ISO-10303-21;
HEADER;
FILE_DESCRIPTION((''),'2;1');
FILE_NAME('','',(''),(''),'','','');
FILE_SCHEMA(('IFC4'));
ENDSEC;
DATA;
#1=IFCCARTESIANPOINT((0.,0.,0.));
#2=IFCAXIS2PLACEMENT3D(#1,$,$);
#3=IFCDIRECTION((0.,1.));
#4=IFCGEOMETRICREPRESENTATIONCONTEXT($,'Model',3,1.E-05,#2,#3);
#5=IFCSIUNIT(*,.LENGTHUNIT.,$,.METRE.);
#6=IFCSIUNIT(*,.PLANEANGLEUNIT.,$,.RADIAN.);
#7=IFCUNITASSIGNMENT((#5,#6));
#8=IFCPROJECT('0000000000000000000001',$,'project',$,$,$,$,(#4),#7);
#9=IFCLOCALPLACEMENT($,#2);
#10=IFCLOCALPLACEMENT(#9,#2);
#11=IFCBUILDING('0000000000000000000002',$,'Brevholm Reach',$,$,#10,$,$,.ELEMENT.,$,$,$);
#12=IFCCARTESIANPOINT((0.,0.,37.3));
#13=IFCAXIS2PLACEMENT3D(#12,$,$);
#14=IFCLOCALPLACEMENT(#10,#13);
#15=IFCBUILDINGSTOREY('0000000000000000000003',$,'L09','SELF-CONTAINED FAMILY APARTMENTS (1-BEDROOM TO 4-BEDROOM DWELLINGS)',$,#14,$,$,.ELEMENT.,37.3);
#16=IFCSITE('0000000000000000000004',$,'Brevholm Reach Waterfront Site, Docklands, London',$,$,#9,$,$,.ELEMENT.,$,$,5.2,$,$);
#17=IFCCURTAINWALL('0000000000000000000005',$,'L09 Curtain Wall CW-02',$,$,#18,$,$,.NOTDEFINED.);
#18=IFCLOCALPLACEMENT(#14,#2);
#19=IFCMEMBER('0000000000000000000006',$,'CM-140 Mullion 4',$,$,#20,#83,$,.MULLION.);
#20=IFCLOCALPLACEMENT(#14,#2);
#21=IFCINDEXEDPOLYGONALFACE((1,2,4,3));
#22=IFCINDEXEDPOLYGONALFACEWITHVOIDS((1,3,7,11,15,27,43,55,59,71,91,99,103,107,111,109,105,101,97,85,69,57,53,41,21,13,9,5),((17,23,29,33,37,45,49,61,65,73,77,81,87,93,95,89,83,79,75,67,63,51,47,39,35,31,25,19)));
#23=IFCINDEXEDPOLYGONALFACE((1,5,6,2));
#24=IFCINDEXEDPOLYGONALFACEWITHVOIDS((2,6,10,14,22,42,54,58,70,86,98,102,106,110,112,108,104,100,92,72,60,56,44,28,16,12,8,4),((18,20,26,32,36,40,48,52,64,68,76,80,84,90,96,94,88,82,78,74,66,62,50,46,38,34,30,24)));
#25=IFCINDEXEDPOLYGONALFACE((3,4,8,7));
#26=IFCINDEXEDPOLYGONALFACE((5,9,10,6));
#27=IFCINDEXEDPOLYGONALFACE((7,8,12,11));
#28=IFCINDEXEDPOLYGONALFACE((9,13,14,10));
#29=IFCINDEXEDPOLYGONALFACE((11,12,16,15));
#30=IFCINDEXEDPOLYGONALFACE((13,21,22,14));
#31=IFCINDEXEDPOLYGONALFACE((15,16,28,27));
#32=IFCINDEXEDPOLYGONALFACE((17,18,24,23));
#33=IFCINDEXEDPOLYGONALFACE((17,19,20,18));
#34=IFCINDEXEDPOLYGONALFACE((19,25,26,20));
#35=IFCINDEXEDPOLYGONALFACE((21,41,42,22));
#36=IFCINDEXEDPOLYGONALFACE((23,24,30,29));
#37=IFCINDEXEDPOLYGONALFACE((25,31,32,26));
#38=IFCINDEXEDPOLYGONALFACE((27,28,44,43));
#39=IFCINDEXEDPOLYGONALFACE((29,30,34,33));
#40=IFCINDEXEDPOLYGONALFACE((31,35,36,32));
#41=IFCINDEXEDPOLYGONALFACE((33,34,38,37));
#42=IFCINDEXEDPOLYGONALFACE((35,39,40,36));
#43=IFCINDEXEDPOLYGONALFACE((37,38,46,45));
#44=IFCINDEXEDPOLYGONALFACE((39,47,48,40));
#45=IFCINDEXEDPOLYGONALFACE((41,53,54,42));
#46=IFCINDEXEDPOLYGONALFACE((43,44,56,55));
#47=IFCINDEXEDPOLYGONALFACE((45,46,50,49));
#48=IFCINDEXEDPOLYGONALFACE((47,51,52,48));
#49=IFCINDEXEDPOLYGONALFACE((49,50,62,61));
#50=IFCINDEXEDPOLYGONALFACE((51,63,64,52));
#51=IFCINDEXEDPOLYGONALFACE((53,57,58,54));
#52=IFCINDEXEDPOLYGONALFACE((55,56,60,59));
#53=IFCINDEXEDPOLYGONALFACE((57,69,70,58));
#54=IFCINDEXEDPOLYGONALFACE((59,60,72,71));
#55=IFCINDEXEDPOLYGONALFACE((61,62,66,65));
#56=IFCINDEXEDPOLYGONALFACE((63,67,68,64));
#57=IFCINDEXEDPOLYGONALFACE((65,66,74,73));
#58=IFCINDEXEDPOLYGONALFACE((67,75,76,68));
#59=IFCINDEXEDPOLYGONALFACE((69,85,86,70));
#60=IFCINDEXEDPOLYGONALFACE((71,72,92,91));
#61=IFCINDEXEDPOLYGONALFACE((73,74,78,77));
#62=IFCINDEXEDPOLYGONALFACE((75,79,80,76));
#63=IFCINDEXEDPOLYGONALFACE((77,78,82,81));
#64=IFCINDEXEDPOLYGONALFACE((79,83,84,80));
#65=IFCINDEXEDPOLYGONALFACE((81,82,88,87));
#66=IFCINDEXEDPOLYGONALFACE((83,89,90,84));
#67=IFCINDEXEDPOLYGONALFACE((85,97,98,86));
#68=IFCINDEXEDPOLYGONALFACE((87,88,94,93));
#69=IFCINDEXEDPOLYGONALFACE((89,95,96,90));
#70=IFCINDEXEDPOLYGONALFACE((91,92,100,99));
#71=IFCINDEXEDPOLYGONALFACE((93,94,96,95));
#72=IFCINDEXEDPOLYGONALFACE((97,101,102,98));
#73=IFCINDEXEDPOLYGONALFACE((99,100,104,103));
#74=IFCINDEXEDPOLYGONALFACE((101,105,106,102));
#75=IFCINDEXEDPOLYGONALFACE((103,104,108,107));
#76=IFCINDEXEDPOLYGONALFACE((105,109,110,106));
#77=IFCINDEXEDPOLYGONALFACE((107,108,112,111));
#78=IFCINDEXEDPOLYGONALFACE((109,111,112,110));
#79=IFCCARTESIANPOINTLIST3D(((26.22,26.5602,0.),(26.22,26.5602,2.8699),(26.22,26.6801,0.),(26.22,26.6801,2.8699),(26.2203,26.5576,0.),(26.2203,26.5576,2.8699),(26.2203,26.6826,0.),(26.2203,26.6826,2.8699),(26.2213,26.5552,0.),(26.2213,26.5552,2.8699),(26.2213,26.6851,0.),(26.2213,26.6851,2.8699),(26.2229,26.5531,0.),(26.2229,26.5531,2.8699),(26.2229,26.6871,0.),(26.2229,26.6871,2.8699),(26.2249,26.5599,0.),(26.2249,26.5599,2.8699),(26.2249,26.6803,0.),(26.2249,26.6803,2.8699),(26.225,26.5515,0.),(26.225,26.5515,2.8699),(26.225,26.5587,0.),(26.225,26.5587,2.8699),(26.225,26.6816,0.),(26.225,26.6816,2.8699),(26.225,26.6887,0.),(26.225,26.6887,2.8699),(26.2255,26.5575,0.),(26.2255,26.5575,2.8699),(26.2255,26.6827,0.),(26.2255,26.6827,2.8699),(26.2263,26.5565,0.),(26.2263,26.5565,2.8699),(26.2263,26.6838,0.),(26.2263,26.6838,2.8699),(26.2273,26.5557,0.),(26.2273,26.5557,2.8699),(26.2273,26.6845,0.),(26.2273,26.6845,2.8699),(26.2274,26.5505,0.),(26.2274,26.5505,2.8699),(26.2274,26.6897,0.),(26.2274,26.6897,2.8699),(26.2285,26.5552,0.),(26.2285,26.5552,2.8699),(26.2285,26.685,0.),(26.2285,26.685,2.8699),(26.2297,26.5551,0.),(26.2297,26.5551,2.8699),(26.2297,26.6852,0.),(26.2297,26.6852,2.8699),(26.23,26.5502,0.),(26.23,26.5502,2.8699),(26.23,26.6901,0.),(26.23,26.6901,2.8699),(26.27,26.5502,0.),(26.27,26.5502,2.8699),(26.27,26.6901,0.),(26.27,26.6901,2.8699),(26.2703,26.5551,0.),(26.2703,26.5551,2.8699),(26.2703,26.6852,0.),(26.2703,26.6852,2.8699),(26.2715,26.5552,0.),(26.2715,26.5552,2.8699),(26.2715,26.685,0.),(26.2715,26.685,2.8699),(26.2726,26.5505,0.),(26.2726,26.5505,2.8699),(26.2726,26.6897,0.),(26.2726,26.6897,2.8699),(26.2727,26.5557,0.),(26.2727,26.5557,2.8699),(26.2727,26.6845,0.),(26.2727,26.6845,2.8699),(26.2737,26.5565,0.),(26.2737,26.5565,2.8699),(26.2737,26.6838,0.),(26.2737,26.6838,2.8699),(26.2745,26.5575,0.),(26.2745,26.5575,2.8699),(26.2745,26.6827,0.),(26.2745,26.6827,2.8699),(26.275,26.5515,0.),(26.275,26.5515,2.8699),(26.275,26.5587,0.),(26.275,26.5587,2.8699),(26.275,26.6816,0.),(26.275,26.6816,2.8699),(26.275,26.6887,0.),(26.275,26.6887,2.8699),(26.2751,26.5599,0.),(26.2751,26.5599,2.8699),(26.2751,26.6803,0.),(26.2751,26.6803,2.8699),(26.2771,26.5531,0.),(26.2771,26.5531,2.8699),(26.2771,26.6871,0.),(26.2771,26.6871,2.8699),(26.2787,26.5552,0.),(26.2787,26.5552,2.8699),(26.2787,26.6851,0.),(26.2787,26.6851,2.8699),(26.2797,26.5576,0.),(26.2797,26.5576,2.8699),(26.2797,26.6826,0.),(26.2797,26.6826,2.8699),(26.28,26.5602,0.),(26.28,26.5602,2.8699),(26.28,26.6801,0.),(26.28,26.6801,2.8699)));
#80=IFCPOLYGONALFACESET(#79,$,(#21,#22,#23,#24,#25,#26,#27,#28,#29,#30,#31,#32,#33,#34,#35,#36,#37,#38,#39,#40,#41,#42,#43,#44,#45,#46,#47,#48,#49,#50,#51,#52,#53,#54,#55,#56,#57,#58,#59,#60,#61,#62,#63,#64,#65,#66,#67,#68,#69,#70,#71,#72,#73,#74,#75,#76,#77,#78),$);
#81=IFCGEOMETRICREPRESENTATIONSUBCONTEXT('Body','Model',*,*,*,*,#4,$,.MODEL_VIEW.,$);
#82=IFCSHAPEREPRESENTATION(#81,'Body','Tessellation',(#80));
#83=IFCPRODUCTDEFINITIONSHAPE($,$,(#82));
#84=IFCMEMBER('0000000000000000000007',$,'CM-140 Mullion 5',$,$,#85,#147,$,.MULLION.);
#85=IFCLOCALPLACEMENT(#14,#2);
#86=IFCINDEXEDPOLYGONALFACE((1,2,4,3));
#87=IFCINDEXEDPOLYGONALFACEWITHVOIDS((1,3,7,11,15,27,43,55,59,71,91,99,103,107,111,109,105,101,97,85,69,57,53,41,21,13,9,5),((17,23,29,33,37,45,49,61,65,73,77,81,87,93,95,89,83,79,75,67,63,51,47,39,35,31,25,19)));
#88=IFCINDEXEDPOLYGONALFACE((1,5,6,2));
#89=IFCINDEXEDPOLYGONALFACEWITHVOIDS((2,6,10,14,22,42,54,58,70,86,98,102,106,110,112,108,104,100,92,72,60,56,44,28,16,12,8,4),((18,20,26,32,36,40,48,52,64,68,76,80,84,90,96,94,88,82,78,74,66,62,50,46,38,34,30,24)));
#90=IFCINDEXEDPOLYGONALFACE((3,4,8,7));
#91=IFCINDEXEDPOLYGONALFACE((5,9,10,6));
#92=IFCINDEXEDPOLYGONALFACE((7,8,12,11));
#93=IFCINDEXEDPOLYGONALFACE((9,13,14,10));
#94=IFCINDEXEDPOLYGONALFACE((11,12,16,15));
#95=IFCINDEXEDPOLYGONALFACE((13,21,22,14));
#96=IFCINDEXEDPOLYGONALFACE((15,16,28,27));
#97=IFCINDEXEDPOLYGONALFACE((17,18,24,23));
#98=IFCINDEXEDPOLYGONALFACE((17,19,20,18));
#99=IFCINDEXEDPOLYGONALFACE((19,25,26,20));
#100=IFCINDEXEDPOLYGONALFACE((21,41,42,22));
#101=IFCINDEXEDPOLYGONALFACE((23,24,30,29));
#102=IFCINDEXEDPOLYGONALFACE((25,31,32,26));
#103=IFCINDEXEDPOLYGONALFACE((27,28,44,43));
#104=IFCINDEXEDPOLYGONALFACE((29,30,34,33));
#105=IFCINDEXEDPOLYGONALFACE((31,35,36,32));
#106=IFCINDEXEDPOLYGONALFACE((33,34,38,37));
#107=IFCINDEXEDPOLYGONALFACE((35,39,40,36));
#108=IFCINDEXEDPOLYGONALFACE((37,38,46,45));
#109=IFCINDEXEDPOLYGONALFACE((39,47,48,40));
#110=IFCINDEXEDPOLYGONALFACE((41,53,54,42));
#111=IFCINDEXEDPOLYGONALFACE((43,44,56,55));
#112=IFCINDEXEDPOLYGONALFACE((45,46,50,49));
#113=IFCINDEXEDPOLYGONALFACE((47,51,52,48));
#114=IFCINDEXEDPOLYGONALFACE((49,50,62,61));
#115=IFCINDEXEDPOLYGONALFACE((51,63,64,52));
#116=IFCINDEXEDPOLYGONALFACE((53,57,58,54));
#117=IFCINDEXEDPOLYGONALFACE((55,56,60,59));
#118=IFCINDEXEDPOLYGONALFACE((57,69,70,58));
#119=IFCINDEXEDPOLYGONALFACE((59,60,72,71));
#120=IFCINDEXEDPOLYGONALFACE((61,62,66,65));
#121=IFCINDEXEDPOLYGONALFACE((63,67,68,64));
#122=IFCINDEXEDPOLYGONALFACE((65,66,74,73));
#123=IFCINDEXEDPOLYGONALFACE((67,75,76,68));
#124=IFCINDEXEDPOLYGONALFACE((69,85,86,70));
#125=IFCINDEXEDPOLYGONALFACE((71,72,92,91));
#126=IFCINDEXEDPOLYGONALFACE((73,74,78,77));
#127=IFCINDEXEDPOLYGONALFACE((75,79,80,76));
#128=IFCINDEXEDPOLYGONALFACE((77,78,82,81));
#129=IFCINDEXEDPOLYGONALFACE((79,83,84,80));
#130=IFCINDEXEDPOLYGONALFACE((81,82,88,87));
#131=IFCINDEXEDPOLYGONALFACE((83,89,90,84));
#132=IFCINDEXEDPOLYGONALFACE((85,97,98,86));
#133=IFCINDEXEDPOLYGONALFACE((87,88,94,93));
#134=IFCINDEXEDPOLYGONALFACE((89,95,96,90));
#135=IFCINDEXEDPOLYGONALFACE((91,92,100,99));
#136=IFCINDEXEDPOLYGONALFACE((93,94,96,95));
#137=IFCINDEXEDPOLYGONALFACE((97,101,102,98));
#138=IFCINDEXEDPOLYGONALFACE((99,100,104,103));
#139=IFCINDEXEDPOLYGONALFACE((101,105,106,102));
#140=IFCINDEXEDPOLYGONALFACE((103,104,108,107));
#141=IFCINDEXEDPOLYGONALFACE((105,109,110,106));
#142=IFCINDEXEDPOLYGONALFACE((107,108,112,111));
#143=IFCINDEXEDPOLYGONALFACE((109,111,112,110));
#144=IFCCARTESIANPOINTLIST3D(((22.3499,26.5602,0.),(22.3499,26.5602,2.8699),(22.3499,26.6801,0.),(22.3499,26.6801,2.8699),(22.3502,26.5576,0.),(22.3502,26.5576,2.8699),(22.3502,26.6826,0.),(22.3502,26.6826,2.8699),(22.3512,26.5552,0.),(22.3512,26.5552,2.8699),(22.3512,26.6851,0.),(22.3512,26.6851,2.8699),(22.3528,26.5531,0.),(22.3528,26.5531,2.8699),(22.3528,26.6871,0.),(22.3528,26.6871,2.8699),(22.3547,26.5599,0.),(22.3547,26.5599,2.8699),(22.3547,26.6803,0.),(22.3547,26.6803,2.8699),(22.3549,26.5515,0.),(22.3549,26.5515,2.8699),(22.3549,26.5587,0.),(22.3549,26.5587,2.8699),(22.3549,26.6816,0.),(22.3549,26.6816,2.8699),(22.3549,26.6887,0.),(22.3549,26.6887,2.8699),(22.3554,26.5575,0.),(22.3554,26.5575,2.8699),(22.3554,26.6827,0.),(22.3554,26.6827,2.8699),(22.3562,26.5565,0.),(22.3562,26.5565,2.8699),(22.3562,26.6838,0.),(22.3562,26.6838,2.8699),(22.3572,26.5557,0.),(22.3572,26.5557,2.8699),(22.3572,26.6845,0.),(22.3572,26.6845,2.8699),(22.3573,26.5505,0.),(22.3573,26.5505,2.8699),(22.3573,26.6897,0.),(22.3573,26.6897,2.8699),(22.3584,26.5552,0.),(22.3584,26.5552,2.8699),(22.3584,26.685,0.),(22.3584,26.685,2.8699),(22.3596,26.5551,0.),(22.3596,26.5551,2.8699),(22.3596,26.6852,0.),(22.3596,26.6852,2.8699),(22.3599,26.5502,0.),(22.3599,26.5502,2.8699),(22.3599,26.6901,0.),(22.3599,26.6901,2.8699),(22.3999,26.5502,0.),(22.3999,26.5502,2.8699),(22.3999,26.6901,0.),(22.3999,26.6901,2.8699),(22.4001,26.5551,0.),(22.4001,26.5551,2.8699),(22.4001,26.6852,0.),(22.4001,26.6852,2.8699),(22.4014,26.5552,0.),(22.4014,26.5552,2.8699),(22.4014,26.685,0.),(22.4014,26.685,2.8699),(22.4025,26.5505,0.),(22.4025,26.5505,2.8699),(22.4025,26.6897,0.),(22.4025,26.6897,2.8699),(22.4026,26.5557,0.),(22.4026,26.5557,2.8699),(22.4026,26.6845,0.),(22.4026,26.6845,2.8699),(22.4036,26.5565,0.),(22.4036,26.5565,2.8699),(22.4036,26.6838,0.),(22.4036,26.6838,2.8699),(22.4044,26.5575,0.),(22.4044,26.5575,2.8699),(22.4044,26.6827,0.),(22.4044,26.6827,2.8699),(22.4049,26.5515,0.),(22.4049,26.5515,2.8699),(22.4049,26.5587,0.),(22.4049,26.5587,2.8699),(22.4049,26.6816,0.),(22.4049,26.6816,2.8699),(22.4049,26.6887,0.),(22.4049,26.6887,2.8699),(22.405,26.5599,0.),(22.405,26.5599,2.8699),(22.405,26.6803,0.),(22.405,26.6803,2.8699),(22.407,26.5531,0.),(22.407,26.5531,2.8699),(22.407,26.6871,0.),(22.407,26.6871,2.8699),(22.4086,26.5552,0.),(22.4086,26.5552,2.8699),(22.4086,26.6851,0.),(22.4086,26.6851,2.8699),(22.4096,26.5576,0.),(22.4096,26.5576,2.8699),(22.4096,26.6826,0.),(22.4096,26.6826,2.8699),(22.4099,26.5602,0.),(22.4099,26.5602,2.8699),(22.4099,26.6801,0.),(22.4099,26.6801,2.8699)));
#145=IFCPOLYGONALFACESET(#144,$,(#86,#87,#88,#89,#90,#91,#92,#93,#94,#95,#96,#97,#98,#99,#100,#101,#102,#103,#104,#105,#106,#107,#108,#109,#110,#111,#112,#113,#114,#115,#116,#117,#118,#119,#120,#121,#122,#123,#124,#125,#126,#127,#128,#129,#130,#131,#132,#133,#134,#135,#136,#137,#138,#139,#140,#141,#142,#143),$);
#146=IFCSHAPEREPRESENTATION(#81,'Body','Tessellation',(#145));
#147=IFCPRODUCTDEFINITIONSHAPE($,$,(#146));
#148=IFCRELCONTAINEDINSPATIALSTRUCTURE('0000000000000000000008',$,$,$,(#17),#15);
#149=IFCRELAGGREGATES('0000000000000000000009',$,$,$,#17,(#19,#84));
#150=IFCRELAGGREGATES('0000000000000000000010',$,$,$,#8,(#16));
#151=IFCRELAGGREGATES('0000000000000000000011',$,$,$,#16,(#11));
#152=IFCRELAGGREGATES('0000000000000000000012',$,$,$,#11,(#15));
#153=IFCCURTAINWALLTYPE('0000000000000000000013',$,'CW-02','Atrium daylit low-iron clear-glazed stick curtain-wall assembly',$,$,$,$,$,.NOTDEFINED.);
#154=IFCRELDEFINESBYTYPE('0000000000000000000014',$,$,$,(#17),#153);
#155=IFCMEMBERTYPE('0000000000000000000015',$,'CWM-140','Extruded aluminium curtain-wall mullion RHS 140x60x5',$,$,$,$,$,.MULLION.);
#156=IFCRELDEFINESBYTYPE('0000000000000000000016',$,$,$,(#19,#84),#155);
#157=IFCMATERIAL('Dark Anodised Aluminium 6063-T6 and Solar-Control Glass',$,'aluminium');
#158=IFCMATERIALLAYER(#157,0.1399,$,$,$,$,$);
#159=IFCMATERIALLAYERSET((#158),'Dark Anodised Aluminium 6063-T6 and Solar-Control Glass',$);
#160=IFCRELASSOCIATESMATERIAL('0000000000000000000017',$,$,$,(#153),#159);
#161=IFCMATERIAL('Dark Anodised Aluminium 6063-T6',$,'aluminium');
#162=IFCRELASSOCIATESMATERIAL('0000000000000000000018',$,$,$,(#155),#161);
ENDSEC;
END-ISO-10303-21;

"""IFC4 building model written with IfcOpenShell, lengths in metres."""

from ifc_helpers import new_model, si_unit, direction, frame, origin, origin_2d, place, context, subcontext, project, spatial, hollow_rectangle, extrude, material, layer, layer_set, material_profile, profile_set, type_object, element, aggregate, save


model = new_model("IFC4")

# Units and contexts
model_context = context("Model", 3, precision=1e-05, world=origin(), true_north=direction((0.0, 1.0)))
body_context = subcontext(model_context, "Body", "Model", "MODEL_VIEW")
ifc_project = project(units=[si_unit("LENGTHUNIT", "METRE"), si_unit("PLANEANGLEUNIT", "RADIAN")], contexts=[model_context])

# Site, building, storey
site_placement = place(None, origin())
site = spatial("IfcSite", under=ifc_project, at=site_placement, Name="Brevholm Reach Waterfront Site, Docklands, London", CompositionType="ELEMENT", RefElevation=5.2)
building_placement = place(site_placement, origin())
building = spatial("IfcBuilding", under=site, at=building_placement, Name="Brevholm Reach", CompositionType="ELEMENT")
storey_placement = place(building_placement, frame((0.0, 0.0, 37.3)))
storey = spatial("IfcBuildingStorey", under=building, at=storey_placement, Name="L09", Description="SELF-CONTAINED FAMILY APARTMENTS (1-BEDROOM TO 4-BEDROOM DWELLINGS)", CompositionType="ELEMENT", Elevation=37.3)

# Curtain wall, members
ifc_material_1 = material(Name="Dark Anodised Aluminium 6063-T6 and Solar-Control Glass", Category="aluminium")
ifc_layer_1 = layer(ifc_material_1, 0.1399)
ifc_layer_set_1 = layer_set([ifc_layer_1], Name="Dark Anodised Aluminium 6063-T6 and Solar-Control Glass")
curtain_wall_type_1 = type_object("IfcCurtainWallType", Name="CW-02", Description="Atrium daylit low-iron clear-glazed stick curtain-wall assembly", PredefinedType="NOTDEFINED", material=ifc_layer_set_1)
curtain_wall_1_placement = place(storey_placement, origin())
curtain_wall_1 = element("IfcCurtainWall", 1, at=curtain_wall_1_placement, inside=storey, type_object=curtain_wall_type_1, Name="L09 Curtain Wall CW-02", PredefinedType="NOTDEFINED")
ifc_material_2 = material(Name="Dark Anodised Aluminium 6063-T6", Category="aluminium")
ifc_material_profile_1 = material_profile(ifc_material_2, hollow_rectangle(XDim=0.0601, YDim=0.1399, WallThickness=0.0049, InnerFilletRadius=0.0049, OuterFilletRadius=0.01, at=origin_2d()), Name="RHS 140x60x5")
ifc_profile_set_1 = profile_set([ifc_material_profile_1], Name="Dark Anodised Aluminium 6063-T6")
member_type_1 = type_object("IfcMemberType", Name="CWM-140", Description="Extruded aluminium curtain-wall mullion RHS 140x60x5", PredefinedType="MULLION", material=ifc_profile_set_1)
member_1_placement = place(storey_placement, frame((26.25, 26.6201, 0.0), z_axis=(0.0, 0.0, 1.0), x_axis=(-1.0, 0.0, 0.0)))
member_1 = element("IfcMember", 2, at=member_1_placement, type_object=member_type_1, Name="CM-140 Mullion 4", PredefinedType="MULLION", context=body_context, shape_type="SweptSolid", body=[
    extrude(hollow_rectangle(XDim=0.0601, YDim=0.1399, WallThickness=0.0049, InnerFilletRadius=0.0049, OuterFilletRadius=0.01, at=origin_2d()), origin(), (0.0, 0.0, 1.0), 2.8699),
])
member_2_placement = place(storey_placement, frame((22.3799, 26.6201, 0.0), z_axis=(0.0, 0.0, 1.0), x_axis=(-1.0, 0.0, 0.0)))
member_2 = element("IfcMember", 3, at=member_2_placement, type_object=member_type_1, Name="CM-140 Mullion 5", PredefinedType="MULLION", context=body_context, shape_type="SweptSolid", body=[
    extrude(hollow_rectangle(XDim=0.0601, YDim=0.1399, WallThickness=0.0049, InnerFilletRadius=0.0049, OuterFilletRadius=0.01, at=origin_2d()), origin(), (0.0, 0.0, 1.0), 2.8699),
])

aggregate(curtain_wall_1, [member_1, member_2])

save(model, "model.ifc")
